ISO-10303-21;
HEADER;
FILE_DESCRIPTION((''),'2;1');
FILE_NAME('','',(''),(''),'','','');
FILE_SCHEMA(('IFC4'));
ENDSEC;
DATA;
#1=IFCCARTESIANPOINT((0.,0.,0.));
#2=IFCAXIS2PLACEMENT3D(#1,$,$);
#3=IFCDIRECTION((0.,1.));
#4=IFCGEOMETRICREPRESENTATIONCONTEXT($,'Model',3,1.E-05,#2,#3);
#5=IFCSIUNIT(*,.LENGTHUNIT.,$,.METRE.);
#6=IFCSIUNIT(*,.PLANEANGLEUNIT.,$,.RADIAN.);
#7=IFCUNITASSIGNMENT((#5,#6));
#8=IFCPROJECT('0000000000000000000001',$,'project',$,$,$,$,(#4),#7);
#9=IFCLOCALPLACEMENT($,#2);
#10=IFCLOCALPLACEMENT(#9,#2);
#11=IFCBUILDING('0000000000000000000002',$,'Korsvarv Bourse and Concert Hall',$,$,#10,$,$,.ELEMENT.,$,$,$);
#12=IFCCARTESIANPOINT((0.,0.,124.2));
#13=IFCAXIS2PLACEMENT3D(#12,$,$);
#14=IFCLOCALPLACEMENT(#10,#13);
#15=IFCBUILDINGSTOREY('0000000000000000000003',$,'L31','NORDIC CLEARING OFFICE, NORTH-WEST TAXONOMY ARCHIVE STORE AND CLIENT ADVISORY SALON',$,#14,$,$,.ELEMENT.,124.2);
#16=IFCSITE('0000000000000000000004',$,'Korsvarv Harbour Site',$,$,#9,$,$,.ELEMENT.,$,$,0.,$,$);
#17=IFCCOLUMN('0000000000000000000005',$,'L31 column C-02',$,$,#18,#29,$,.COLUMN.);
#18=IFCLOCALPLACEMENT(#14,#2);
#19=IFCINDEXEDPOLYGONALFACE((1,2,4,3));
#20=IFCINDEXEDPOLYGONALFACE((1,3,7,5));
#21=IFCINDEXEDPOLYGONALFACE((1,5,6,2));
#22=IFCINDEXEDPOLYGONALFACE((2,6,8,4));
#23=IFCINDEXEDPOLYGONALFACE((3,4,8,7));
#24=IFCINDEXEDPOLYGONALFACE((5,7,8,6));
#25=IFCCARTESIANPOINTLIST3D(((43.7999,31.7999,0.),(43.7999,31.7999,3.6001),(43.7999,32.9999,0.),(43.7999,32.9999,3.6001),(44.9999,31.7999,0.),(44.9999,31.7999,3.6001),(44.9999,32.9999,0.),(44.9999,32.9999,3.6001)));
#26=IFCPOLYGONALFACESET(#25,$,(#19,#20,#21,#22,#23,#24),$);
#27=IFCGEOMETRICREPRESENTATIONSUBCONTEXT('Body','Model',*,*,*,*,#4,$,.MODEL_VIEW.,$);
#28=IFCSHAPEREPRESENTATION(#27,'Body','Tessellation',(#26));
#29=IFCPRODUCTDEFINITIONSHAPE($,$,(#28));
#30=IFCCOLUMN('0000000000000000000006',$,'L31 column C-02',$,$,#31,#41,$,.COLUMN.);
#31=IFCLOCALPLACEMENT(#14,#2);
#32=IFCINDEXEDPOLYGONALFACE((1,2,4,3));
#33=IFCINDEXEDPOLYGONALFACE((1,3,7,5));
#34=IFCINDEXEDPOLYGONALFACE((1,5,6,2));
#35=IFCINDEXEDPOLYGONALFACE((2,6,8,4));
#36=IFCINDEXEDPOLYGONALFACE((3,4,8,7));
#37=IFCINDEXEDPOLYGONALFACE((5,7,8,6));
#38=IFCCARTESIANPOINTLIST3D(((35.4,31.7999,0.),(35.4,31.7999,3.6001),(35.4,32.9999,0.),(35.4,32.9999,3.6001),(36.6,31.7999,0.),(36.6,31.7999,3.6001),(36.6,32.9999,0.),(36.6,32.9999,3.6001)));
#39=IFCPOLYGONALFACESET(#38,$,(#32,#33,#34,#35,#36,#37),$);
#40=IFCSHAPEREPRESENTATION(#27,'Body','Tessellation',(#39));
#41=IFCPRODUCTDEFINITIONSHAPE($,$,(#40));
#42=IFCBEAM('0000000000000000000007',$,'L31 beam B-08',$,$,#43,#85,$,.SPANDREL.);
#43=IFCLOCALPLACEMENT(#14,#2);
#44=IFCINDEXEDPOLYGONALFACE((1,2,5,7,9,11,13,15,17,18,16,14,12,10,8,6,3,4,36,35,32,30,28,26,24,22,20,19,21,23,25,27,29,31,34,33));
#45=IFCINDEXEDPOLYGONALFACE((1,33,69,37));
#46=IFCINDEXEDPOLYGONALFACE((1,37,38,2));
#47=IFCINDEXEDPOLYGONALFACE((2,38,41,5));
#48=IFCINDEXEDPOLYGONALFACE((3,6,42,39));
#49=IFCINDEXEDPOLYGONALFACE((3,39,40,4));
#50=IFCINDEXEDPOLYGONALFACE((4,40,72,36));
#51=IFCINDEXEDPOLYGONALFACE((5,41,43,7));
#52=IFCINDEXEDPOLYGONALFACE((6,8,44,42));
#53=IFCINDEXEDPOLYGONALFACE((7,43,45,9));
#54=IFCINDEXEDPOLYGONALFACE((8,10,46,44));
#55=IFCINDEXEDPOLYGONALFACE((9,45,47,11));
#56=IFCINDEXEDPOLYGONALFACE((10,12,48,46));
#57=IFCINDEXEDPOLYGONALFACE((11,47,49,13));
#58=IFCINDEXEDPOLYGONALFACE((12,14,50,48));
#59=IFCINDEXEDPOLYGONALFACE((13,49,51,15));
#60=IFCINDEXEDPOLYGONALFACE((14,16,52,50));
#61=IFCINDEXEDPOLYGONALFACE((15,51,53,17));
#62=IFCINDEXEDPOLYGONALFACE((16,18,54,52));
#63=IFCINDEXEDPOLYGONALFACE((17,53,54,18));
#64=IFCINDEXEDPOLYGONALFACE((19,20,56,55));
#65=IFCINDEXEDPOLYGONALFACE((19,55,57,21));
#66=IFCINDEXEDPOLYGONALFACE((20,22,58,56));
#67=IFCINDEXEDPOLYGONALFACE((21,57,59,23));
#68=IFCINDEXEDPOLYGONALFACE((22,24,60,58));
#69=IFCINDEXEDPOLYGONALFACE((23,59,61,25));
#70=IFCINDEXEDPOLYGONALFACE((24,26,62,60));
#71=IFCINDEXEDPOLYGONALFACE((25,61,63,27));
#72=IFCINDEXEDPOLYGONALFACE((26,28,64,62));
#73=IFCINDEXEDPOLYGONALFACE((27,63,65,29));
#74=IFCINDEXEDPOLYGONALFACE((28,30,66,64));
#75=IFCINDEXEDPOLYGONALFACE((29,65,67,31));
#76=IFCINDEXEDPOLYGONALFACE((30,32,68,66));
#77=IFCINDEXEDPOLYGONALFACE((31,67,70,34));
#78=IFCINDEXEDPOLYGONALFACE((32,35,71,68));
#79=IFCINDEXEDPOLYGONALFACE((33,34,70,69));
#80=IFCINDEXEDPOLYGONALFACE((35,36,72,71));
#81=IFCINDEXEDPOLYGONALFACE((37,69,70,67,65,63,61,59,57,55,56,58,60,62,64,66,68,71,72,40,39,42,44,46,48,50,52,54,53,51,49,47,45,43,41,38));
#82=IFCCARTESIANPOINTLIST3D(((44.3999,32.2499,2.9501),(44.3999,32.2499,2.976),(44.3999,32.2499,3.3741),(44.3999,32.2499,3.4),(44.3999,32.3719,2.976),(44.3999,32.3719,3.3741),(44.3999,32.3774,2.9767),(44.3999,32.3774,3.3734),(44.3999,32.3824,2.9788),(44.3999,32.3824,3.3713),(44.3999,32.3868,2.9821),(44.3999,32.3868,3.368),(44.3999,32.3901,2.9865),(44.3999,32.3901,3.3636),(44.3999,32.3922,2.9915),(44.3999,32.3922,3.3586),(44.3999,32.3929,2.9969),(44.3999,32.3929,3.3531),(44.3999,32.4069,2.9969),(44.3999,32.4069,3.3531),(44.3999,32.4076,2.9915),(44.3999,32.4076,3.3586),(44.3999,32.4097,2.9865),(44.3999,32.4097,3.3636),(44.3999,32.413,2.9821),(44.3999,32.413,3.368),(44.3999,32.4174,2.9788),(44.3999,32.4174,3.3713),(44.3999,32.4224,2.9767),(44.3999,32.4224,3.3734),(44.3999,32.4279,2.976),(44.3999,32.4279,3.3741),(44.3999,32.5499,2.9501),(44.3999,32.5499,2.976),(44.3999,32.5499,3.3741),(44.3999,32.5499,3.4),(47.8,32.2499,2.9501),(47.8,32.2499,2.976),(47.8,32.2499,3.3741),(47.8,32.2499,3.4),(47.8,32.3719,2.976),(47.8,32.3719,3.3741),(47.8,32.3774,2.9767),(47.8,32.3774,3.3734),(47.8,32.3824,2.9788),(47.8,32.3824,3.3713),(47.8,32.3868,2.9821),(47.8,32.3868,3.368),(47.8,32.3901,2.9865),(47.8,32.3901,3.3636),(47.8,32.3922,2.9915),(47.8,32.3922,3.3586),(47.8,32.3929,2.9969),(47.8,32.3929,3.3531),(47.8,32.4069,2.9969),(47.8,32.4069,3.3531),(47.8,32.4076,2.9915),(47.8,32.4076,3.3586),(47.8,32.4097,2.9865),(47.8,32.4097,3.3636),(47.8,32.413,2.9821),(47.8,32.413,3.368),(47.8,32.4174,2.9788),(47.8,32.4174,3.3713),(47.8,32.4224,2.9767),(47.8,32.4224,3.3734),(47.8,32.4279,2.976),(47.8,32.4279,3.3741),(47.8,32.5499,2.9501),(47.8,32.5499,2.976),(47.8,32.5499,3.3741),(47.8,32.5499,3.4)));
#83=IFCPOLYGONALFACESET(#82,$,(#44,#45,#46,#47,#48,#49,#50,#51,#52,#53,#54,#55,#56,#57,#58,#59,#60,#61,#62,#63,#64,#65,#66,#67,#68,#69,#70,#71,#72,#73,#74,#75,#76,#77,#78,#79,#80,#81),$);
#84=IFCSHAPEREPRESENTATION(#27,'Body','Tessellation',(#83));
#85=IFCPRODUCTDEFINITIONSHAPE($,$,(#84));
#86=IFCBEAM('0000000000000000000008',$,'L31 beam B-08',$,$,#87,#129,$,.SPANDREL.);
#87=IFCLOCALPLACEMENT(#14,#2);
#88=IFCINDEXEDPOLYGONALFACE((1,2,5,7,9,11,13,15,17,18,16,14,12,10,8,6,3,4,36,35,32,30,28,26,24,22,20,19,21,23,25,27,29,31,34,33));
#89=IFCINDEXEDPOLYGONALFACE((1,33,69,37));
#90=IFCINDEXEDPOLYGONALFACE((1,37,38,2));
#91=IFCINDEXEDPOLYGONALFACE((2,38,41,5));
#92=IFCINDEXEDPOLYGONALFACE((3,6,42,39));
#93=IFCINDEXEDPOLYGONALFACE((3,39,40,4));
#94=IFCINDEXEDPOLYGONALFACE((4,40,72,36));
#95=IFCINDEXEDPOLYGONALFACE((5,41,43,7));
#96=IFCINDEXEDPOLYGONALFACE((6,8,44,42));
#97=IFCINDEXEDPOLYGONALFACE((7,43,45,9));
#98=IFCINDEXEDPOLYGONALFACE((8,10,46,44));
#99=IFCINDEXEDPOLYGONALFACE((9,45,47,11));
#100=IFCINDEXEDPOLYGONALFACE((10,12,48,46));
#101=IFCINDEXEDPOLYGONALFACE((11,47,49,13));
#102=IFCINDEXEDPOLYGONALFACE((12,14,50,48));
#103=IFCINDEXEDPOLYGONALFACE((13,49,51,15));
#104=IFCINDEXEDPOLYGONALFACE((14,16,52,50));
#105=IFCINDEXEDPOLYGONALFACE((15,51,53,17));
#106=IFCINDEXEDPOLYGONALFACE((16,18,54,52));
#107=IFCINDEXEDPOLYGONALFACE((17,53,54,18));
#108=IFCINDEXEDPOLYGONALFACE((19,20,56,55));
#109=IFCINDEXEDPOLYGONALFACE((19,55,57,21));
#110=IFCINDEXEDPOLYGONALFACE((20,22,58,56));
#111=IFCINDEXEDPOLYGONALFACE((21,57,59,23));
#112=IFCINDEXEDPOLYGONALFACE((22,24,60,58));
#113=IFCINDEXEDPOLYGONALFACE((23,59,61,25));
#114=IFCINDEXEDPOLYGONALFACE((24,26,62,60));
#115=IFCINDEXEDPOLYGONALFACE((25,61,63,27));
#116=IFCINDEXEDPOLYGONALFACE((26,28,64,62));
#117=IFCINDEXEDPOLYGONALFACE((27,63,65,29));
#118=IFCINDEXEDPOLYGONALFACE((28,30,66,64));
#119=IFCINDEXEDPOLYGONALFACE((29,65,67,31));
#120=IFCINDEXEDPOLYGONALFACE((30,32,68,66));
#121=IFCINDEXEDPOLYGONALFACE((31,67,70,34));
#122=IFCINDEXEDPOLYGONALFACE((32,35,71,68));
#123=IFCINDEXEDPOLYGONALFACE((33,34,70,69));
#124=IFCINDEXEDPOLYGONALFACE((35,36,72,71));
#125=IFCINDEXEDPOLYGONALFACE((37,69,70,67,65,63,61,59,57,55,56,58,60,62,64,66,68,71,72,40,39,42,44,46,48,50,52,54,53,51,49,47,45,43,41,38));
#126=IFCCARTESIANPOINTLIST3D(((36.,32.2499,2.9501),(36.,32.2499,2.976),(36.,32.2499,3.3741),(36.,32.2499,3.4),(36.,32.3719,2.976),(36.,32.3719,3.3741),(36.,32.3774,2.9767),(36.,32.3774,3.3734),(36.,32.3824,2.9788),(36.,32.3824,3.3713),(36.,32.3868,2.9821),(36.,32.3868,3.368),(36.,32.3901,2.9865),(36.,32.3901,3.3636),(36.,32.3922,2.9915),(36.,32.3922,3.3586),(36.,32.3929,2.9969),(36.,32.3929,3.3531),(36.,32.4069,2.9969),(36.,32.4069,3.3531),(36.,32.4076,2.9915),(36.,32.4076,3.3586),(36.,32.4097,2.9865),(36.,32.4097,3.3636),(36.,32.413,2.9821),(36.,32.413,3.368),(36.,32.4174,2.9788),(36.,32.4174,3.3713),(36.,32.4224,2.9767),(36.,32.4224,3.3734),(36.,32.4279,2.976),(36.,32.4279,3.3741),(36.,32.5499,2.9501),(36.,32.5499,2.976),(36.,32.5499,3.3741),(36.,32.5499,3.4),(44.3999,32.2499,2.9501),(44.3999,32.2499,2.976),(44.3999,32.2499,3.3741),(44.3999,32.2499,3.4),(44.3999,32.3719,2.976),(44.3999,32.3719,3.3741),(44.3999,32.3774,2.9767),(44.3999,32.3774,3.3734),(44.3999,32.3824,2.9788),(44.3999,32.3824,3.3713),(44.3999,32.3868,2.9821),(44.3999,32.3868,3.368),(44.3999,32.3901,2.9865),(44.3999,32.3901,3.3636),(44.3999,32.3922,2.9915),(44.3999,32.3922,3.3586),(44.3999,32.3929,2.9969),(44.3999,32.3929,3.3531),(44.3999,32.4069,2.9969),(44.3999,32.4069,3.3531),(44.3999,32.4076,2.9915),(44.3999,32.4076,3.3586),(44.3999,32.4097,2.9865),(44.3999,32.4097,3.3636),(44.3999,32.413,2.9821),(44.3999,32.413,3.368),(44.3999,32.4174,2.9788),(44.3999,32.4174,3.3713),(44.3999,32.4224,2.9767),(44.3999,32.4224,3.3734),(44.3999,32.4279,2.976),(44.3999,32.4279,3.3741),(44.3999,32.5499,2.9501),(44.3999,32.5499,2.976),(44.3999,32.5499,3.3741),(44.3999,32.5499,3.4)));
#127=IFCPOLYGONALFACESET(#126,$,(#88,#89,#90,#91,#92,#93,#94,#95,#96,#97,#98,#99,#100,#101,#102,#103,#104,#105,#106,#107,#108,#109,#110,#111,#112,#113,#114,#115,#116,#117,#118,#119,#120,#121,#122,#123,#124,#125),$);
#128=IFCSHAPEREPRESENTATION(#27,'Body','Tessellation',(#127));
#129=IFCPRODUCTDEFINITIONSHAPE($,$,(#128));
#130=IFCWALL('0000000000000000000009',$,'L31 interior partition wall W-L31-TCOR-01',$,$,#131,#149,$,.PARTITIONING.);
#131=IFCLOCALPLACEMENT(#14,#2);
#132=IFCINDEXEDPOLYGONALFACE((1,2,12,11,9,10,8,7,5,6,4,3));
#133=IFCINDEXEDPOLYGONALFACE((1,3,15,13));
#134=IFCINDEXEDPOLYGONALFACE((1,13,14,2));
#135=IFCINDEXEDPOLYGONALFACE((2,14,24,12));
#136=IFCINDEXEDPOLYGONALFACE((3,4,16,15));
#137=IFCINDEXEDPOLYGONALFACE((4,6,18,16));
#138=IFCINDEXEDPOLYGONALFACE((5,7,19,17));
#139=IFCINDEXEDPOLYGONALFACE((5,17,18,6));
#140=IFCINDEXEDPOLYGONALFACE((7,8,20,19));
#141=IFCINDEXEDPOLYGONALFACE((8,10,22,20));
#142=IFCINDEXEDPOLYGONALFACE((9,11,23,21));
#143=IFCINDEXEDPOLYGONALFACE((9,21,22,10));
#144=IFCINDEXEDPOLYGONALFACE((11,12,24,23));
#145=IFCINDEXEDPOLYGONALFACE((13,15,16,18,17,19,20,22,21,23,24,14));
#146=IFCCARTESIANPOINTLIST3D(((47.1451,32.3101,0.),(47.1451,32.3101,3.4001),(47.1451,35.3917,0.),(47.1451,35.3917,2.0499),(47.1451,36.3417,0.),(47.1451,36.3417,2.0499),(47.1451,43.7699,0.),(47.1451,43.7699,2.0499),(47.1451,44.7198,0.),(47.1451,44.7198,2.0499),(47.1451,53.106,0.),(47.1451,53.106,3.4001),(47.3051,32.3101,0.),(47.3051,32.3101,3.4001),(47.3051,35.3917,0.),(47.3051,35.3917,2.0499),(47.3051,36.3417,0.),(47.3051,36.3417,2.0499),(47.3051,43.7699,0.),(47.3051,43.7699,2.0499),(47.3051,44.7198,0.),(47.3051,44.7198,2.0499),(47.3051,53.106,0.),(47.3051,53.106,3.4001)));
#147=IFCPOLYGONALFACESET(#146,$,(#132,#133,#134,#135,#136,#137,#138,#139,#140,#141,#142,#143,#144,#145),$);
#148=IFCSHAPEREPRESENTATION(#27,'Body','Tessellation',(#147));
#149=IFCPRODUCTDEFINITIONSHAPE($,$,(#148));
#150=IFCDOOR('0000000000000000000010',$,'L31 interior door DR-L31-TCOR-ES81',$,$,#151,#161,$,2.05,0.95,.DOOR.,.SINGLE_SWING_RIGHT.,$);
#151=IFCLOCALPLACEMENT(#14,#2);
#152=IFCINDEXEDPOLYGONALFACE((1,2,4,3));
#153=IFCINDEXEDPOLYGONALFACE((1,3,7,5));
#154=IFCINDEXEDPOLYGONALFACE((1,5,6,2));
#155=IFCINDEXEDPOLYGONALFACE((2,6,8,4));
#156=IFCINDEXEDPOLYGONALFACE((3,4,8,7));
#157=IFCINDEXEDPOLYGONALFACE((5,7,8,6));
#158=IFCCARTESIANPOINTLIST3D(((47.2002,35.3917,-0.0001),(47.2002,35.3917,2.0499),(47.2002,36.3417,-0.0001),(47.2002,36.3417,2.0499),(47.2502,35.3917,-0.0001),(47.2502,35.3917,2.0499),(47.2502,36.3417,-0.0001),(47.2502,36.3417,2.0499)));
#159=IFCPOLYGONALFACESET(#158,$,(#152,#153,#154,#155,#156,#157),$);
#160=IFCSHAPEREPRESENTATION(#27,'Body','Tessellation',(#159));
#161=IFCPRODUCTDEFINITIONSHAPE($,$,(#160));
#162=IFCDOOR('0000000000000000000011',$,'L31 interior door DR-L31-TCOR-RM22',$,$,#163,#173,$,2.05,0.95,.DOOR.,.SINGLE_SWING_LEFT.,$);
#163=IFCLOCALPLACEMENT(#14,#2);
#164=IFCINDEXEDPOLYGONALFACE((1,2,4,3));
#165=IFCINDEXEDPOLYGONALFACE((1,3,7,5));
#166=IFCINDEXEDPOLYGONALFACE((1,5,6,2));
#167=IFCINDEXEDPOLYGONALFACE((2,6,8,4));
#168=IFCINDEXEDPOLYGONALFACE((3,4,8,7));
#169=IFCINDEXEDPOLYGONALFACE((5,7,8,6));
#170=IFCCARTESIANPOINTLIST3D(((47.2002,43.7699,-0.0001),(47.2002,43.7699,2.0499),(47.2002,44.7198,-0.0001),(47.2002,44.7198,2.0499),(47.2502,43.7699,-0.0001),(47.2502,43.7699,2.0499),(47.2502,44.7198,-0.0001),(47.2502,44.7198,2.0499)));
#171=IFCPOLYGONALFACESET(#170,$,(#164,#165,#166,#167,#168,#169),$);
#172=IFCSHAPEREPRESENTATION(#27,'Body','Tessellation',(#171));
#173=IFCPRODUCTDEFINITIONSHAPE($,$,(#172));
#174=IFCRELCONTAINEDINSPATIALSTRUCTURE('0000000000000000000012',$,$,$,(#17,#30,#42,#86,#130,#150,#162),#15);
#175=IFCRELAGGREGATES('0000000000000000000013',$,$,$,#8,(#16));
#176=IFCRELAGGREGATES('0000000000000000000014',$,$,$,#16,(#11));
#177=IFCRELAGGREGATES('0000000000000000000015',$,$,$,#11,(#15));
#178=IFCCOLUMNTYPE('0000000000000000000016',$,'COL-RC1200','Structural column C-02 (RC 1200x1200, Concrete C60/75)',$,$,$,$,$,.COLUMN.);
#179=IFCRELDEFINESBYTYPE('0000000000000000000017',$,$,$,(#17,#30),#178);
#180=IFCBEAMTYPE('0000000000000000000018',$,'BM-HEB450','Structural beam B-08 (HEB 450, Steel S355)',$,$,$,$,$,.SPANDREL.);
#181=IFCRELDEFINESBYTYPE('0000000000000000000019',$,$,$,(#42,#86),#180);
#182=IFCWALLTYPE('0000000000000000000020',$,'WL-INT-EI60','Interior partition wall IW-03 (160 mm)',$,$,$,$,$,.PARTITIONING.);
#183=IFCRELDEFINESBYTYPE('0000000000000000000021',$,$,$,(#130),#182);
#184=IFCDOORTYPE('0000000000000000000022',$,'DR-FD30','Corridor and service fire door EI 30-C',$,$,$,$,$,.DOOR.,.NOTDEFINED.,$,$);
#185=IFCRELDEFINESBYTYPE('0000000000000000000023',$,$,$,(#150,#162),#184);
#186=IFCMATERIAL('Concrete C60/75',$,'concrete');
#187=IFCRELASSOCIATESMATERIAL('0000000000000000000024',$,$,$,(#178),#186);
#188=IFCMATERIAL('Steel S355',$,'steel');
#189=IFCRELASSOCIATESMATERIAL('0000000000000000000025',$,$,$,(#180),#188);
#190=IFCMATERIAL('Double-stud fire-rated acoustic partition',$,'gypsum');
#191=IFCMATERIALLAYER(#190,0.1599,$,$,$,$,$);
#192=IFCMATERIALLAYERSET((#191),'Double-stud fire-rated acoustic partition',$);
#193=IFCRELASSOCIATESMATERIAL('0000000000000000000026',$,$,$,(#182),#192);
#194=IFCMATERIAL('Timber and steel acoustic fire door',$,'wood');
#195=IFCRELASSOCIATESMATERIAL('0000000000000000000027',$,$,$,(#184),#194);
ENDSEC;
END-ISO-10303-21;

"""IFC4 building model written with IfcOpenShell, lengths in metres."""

from ifc_helpers import new_model, si_unit, direction, frame, frame_2d, origin, origin_2d, place, context, subcontext, project, spatial, rectangle, i_section, extrude, source, transform, mapped, material, layer, layer_set, material_profile, profile_set, type_object, element, fill, save


model = new_model("IFC4")

# Units and contexts
model_context = context("Model", 3, precision=1e-05, world=origin(), true_north=direction((0.0, 1.0)))
body_context = subcontext(model_context, "Body", "Model", "MODEL_VIEW")
ifc_project = project(units=[si_unit("LENGTHUNIT", "METRE"), si_unit("PLANEANGLEUNIT", "RADIAN")], contexts=[model_context])

# Site, building, storey
site_placement = place(None, origin())
site = spatial("IfcSite", under=ifc_project, at=site_placement, Name="Korsvarv Harbour Site", CompositionType="ELEMENT", RefElevation=0.0)
building_placement = place(site_placement, origin())
building = spatial("IfcBuilding", under=site, at=building_placement, Name="Korsvarv Bourse and Concert Hall", CompositionType="ELEMENT")
storey_placement = place(building_placement, frame((0.0, 0.0, 124.2)))
storey = spatial("IfcBuildingStorey", under=building, at=storey_placement, Name="L31", Description="NORDIC CLEARING OFFICE, NORTH-WEST TAXONOMY ARCHIVE STORE AND CLIENT ADVISORY SALON", CompositionType="ELEMENT", Elevation=124.2)

# Columns
ifc_material_1 = material(Name="Concrete C60/75", Category="concrete")
ifc_material_profile_1 = material_profile(ifc_material_1, rectangle(XDim=1.2, YDim=1.2, at=origin_2d()), Name="RC 1200x1200")
ifc_profile_set_1 = profile_set([ifc_material_profile_1], Name="Concrete C60/75")
column_type = type_object("IfcColumnType", Name="COL-RC1200", Description="Structural column C-02 (RC 1200x1200, Concrete C60/75)", PredefinedType="COLUMN", material=ifc_profile_set_1)
shared_shape_1 = source(origin(), body_context, "Body", "SweptSolid", [
    extrude(rectangle(XDim=1.2, YDim=1.2, at=origin_2d()), origin(), (0.0, 0.0, 1.0), 3.6001),
])
for number, where, z_axis, x_axis, name in (
    (1, (44.3999, 32.3999, 0.0), (0.0, 0.0, 1.0), (1.0, 0.0, 0.0), "L31 column C-02"),
    (2, (36.0, 32.3999, 0.0), (0.0, 0.0, 1.0), (1.0, 0.0, 0.0), "L31 column C-02"),
):
    element("IfcColumn", number, at=place(storey_placement, frame(where, z_axis=z_axis, x_axis=x_axis)), inside=storey, type_object=column_type, Name=name, PredefinedType="COLUMN", context=body_context, shape_type="MappedRepresentation", body=[
        mapped(shared_shape_1, transform((0.0, 0.0, 0.0), scale=1.0)),
    ])

# Beams
ifc_material_2 = material(Name="Steel S355", Category="steel")
ifc_material_profile_2 = material_profile(ifc_material_2, i_section(OverallWidth=0.3, OverallDepth=0.45, WebThickness=0.0139, FlangeThickness=0.0259, FilletRadius=0.021, at=origin_2d()), Name="HEB 450")
ifc_profile_set_2 = profile_set([ifc_material_profile_2], Name="Steel S355")
beam_type = type_object("IfcBeamType", Name="BM-HEB450", Description="Structural beam B-08 (HEB 450, Steel S355)", PredefinedType="SPANDREL", material=ifc_profile_set_2)
shared_shape_2 = source(origin(), body_context, "Body", "SweptSolid", [
    extrude(i_section(OverallWidth=0.3, OverallDepth=0.45, WebThickness=0.0139, FlangeThickness=0.0259, FilletRadius=0.021, at=origin_2d()), origin(), (0.0, 0.0, 1.0), 3.4001),
])
beam_1_placement = place(storey_placement, frame((44.3999, 32.3999, 3.175), z_axis=(1.0, 0.0, 0.0), x_axis=(0.0, 1.0, 0.0)))
element("IfcBeam", 3, at=beam_1_placement, inside=storey, type_object=beam_type, Name="L31 beam B-08", PredefinedType="SPANDREL", context=body_context, shape_type="MappedRepresentation", body=[
    mapped(shared_shape_2, transform((0.0, 0.0, 0.0), scale=1.0)),
])
shared_shape_3 = source(origin(), body_context, "Body", "SweptSolid", [
    extrude(i_section(OverallWidth=0.3, OverallDepth=0.45, WebThickness=0.0139, FlangeThickness=0.0259, FilletRadius=0.021, at=origin_2d()), origin(), (0.0, 0.0, 1.0), 8.3999),
])
beam_2_placement = place(storey_placement, frame((36.0, 32.3999, 3.175), z_axis=(1.0, 0.0, 0.0), x_axis=(0.0, 1.0, 0.0)))
element("IfcBeam", 4, at=beam_2_placement, inside=storey, type_object=beam_type, Name="L31 beam B-08", PredefinedType="SPANDREL", context=body_context, shape_type="MappedRepresentation", body=[
    mapped(shared_shape_3, transform((0.0, 0.0, 0.0), scale=1.0)),
])

# Wall, openings, doors
ifc_material_3 = material(Name="Double-stud fire-rated acoustic partition", Category="gypsum")
ifc_layer_1 = layer(ifc_material_3, 0.1599)
ifc_layer_set_1 = layer_set([ifc_layer_1], Name="Double-stud fire-rated acoustic partition")
wall_type_1 = type_object("IfcWallType", Name="WL-INT-EI60", Description="Interior partition wall IW-03 (160 mm)", PredefinedType="PARTITIONING", material=ifc_layer_set_1)
wall_1_placement = place(storey_placement, frame((47.2251, 32.3101, 0.0), z_axis=(0.0, 0.0, 1.0), x_axis=(0.0, 1.0, 0.0)))
wall_1 = element("IfcWall", 5, at=wall_1_placement, inside=storey, type_object=wall_type_1, Name="L31 interior partition wall W-L31-TCOR-01", PredefinedType="PARTITIONING", context=body_context, shape_type="SweptSolid", body=[
    extrude(rectangle(XDim=20.7959, YDim=0.1599, at=frame_2d((10.3979, 0.0))), origin(), (0.0, 0.0, 1.0), 3.4001),
])
opening_1_placement = place(wall_1_placement, frame((3.0815, 0.0, 0.0)))
opening_1 = element("IfcOpeningElement", 6, at=opening_1_placement, cuts=wall_1, PredefinedType="OPENING", context=body_context, shape_type="SweptSolid", body=[
    extrude(rectangle(XDim=0.95, YDim=2.05, at=frame_2d((0.4751, 1.0249))), frame((0.0, 0.0898, 0.0), z_axis=(0.0, -1.0, 0.0), x_axis=(1.0, 0.0, 0.0)), (0.0, 0.0, 1.0), 0.1799),
])
opening_2_placement = place(wall_1_placement, frame((11.4597, 0.0, 0.0)))
opening_2 = element("IfcOpeningElement", 7, at=opening_2_placement, cuts=wall_1, PredefinedType="OPENING", context=body_context, shape_type="SweptSolid", body=[
    extrude(rectangle(XDim=0.95, YDim=2.05, at=frame_2d((0.4751, 1.0249))), frame((0.0, 0.0898, 0.0), z_axis=(0.0, -1.0, 0.0), x_axis=(1.0, 0.0, 0.0)), (0.0, 0.0, 1.0), 0.1799),
])
ifc_material_4 = material(Name="Timber and steel acoustic fire door", Category="wood")
door_type = type_object("IfcDoorType", Name="DR-FD30", Description="Corridor and service fire door EI 30-C", OperationType="NOTDEFINED", PredefinedType="DOOR", material=ifc_material_4)
door_1_placement = place(opening_1_placement, origin())
door_1 = element("IfcDoor", 8, at=door_1_placement, inside=storey, type_object=door_type, Name="L31 interior door DR-L31-TCOR-ES81", OperationType="SINGLE_SWING_RIGHT", OverallHeight=2.05, OverallWidth=0.95, PredefinedType="DOOR", context=body_context, shape_type="SweptSolid", body=[
    extrude(rectangle(XDim=0.95, YDim=2.05, at=frame_2d((0.4751, 1.0249))), frame((0.0, 0.0249, 0.0), z_axis=(0.0, -1.0, 0.0), x_axis=(1.0, 0.0, 0.0)), (0.0, 0.0, 1.0), 0.05),
])
fill(opening_1, door_1)
door_2_placement = place(opening_2_placement, origin())
door_2 = element("IfcDoor", 9, at=door_2_placement, inside=storey, type_object=door_type, Name="L31 interior door DR-L31-TCOR-RM22", OperationType="SINGLE_SWING_LEFT", OverallHeight=2.05, OverallWidth=0.95, PredefinedType="DOOR", context=body_context, shape_type="SweptSolid", body=[
    extrude(rectangle(XDim=0.95, YDim=2.05, at=frame_2d((0.4751, 1.0249))), frame((0.0, 0.0249, 0.0), z_axis=(0.0, -1.0, 0.0), x_axis=(1.0, 0.0, 0.0)), (0.0, 0.0, 1.0), 0.05),
])
fill(opening_2, door_2)

save(model, "model.ifc")
